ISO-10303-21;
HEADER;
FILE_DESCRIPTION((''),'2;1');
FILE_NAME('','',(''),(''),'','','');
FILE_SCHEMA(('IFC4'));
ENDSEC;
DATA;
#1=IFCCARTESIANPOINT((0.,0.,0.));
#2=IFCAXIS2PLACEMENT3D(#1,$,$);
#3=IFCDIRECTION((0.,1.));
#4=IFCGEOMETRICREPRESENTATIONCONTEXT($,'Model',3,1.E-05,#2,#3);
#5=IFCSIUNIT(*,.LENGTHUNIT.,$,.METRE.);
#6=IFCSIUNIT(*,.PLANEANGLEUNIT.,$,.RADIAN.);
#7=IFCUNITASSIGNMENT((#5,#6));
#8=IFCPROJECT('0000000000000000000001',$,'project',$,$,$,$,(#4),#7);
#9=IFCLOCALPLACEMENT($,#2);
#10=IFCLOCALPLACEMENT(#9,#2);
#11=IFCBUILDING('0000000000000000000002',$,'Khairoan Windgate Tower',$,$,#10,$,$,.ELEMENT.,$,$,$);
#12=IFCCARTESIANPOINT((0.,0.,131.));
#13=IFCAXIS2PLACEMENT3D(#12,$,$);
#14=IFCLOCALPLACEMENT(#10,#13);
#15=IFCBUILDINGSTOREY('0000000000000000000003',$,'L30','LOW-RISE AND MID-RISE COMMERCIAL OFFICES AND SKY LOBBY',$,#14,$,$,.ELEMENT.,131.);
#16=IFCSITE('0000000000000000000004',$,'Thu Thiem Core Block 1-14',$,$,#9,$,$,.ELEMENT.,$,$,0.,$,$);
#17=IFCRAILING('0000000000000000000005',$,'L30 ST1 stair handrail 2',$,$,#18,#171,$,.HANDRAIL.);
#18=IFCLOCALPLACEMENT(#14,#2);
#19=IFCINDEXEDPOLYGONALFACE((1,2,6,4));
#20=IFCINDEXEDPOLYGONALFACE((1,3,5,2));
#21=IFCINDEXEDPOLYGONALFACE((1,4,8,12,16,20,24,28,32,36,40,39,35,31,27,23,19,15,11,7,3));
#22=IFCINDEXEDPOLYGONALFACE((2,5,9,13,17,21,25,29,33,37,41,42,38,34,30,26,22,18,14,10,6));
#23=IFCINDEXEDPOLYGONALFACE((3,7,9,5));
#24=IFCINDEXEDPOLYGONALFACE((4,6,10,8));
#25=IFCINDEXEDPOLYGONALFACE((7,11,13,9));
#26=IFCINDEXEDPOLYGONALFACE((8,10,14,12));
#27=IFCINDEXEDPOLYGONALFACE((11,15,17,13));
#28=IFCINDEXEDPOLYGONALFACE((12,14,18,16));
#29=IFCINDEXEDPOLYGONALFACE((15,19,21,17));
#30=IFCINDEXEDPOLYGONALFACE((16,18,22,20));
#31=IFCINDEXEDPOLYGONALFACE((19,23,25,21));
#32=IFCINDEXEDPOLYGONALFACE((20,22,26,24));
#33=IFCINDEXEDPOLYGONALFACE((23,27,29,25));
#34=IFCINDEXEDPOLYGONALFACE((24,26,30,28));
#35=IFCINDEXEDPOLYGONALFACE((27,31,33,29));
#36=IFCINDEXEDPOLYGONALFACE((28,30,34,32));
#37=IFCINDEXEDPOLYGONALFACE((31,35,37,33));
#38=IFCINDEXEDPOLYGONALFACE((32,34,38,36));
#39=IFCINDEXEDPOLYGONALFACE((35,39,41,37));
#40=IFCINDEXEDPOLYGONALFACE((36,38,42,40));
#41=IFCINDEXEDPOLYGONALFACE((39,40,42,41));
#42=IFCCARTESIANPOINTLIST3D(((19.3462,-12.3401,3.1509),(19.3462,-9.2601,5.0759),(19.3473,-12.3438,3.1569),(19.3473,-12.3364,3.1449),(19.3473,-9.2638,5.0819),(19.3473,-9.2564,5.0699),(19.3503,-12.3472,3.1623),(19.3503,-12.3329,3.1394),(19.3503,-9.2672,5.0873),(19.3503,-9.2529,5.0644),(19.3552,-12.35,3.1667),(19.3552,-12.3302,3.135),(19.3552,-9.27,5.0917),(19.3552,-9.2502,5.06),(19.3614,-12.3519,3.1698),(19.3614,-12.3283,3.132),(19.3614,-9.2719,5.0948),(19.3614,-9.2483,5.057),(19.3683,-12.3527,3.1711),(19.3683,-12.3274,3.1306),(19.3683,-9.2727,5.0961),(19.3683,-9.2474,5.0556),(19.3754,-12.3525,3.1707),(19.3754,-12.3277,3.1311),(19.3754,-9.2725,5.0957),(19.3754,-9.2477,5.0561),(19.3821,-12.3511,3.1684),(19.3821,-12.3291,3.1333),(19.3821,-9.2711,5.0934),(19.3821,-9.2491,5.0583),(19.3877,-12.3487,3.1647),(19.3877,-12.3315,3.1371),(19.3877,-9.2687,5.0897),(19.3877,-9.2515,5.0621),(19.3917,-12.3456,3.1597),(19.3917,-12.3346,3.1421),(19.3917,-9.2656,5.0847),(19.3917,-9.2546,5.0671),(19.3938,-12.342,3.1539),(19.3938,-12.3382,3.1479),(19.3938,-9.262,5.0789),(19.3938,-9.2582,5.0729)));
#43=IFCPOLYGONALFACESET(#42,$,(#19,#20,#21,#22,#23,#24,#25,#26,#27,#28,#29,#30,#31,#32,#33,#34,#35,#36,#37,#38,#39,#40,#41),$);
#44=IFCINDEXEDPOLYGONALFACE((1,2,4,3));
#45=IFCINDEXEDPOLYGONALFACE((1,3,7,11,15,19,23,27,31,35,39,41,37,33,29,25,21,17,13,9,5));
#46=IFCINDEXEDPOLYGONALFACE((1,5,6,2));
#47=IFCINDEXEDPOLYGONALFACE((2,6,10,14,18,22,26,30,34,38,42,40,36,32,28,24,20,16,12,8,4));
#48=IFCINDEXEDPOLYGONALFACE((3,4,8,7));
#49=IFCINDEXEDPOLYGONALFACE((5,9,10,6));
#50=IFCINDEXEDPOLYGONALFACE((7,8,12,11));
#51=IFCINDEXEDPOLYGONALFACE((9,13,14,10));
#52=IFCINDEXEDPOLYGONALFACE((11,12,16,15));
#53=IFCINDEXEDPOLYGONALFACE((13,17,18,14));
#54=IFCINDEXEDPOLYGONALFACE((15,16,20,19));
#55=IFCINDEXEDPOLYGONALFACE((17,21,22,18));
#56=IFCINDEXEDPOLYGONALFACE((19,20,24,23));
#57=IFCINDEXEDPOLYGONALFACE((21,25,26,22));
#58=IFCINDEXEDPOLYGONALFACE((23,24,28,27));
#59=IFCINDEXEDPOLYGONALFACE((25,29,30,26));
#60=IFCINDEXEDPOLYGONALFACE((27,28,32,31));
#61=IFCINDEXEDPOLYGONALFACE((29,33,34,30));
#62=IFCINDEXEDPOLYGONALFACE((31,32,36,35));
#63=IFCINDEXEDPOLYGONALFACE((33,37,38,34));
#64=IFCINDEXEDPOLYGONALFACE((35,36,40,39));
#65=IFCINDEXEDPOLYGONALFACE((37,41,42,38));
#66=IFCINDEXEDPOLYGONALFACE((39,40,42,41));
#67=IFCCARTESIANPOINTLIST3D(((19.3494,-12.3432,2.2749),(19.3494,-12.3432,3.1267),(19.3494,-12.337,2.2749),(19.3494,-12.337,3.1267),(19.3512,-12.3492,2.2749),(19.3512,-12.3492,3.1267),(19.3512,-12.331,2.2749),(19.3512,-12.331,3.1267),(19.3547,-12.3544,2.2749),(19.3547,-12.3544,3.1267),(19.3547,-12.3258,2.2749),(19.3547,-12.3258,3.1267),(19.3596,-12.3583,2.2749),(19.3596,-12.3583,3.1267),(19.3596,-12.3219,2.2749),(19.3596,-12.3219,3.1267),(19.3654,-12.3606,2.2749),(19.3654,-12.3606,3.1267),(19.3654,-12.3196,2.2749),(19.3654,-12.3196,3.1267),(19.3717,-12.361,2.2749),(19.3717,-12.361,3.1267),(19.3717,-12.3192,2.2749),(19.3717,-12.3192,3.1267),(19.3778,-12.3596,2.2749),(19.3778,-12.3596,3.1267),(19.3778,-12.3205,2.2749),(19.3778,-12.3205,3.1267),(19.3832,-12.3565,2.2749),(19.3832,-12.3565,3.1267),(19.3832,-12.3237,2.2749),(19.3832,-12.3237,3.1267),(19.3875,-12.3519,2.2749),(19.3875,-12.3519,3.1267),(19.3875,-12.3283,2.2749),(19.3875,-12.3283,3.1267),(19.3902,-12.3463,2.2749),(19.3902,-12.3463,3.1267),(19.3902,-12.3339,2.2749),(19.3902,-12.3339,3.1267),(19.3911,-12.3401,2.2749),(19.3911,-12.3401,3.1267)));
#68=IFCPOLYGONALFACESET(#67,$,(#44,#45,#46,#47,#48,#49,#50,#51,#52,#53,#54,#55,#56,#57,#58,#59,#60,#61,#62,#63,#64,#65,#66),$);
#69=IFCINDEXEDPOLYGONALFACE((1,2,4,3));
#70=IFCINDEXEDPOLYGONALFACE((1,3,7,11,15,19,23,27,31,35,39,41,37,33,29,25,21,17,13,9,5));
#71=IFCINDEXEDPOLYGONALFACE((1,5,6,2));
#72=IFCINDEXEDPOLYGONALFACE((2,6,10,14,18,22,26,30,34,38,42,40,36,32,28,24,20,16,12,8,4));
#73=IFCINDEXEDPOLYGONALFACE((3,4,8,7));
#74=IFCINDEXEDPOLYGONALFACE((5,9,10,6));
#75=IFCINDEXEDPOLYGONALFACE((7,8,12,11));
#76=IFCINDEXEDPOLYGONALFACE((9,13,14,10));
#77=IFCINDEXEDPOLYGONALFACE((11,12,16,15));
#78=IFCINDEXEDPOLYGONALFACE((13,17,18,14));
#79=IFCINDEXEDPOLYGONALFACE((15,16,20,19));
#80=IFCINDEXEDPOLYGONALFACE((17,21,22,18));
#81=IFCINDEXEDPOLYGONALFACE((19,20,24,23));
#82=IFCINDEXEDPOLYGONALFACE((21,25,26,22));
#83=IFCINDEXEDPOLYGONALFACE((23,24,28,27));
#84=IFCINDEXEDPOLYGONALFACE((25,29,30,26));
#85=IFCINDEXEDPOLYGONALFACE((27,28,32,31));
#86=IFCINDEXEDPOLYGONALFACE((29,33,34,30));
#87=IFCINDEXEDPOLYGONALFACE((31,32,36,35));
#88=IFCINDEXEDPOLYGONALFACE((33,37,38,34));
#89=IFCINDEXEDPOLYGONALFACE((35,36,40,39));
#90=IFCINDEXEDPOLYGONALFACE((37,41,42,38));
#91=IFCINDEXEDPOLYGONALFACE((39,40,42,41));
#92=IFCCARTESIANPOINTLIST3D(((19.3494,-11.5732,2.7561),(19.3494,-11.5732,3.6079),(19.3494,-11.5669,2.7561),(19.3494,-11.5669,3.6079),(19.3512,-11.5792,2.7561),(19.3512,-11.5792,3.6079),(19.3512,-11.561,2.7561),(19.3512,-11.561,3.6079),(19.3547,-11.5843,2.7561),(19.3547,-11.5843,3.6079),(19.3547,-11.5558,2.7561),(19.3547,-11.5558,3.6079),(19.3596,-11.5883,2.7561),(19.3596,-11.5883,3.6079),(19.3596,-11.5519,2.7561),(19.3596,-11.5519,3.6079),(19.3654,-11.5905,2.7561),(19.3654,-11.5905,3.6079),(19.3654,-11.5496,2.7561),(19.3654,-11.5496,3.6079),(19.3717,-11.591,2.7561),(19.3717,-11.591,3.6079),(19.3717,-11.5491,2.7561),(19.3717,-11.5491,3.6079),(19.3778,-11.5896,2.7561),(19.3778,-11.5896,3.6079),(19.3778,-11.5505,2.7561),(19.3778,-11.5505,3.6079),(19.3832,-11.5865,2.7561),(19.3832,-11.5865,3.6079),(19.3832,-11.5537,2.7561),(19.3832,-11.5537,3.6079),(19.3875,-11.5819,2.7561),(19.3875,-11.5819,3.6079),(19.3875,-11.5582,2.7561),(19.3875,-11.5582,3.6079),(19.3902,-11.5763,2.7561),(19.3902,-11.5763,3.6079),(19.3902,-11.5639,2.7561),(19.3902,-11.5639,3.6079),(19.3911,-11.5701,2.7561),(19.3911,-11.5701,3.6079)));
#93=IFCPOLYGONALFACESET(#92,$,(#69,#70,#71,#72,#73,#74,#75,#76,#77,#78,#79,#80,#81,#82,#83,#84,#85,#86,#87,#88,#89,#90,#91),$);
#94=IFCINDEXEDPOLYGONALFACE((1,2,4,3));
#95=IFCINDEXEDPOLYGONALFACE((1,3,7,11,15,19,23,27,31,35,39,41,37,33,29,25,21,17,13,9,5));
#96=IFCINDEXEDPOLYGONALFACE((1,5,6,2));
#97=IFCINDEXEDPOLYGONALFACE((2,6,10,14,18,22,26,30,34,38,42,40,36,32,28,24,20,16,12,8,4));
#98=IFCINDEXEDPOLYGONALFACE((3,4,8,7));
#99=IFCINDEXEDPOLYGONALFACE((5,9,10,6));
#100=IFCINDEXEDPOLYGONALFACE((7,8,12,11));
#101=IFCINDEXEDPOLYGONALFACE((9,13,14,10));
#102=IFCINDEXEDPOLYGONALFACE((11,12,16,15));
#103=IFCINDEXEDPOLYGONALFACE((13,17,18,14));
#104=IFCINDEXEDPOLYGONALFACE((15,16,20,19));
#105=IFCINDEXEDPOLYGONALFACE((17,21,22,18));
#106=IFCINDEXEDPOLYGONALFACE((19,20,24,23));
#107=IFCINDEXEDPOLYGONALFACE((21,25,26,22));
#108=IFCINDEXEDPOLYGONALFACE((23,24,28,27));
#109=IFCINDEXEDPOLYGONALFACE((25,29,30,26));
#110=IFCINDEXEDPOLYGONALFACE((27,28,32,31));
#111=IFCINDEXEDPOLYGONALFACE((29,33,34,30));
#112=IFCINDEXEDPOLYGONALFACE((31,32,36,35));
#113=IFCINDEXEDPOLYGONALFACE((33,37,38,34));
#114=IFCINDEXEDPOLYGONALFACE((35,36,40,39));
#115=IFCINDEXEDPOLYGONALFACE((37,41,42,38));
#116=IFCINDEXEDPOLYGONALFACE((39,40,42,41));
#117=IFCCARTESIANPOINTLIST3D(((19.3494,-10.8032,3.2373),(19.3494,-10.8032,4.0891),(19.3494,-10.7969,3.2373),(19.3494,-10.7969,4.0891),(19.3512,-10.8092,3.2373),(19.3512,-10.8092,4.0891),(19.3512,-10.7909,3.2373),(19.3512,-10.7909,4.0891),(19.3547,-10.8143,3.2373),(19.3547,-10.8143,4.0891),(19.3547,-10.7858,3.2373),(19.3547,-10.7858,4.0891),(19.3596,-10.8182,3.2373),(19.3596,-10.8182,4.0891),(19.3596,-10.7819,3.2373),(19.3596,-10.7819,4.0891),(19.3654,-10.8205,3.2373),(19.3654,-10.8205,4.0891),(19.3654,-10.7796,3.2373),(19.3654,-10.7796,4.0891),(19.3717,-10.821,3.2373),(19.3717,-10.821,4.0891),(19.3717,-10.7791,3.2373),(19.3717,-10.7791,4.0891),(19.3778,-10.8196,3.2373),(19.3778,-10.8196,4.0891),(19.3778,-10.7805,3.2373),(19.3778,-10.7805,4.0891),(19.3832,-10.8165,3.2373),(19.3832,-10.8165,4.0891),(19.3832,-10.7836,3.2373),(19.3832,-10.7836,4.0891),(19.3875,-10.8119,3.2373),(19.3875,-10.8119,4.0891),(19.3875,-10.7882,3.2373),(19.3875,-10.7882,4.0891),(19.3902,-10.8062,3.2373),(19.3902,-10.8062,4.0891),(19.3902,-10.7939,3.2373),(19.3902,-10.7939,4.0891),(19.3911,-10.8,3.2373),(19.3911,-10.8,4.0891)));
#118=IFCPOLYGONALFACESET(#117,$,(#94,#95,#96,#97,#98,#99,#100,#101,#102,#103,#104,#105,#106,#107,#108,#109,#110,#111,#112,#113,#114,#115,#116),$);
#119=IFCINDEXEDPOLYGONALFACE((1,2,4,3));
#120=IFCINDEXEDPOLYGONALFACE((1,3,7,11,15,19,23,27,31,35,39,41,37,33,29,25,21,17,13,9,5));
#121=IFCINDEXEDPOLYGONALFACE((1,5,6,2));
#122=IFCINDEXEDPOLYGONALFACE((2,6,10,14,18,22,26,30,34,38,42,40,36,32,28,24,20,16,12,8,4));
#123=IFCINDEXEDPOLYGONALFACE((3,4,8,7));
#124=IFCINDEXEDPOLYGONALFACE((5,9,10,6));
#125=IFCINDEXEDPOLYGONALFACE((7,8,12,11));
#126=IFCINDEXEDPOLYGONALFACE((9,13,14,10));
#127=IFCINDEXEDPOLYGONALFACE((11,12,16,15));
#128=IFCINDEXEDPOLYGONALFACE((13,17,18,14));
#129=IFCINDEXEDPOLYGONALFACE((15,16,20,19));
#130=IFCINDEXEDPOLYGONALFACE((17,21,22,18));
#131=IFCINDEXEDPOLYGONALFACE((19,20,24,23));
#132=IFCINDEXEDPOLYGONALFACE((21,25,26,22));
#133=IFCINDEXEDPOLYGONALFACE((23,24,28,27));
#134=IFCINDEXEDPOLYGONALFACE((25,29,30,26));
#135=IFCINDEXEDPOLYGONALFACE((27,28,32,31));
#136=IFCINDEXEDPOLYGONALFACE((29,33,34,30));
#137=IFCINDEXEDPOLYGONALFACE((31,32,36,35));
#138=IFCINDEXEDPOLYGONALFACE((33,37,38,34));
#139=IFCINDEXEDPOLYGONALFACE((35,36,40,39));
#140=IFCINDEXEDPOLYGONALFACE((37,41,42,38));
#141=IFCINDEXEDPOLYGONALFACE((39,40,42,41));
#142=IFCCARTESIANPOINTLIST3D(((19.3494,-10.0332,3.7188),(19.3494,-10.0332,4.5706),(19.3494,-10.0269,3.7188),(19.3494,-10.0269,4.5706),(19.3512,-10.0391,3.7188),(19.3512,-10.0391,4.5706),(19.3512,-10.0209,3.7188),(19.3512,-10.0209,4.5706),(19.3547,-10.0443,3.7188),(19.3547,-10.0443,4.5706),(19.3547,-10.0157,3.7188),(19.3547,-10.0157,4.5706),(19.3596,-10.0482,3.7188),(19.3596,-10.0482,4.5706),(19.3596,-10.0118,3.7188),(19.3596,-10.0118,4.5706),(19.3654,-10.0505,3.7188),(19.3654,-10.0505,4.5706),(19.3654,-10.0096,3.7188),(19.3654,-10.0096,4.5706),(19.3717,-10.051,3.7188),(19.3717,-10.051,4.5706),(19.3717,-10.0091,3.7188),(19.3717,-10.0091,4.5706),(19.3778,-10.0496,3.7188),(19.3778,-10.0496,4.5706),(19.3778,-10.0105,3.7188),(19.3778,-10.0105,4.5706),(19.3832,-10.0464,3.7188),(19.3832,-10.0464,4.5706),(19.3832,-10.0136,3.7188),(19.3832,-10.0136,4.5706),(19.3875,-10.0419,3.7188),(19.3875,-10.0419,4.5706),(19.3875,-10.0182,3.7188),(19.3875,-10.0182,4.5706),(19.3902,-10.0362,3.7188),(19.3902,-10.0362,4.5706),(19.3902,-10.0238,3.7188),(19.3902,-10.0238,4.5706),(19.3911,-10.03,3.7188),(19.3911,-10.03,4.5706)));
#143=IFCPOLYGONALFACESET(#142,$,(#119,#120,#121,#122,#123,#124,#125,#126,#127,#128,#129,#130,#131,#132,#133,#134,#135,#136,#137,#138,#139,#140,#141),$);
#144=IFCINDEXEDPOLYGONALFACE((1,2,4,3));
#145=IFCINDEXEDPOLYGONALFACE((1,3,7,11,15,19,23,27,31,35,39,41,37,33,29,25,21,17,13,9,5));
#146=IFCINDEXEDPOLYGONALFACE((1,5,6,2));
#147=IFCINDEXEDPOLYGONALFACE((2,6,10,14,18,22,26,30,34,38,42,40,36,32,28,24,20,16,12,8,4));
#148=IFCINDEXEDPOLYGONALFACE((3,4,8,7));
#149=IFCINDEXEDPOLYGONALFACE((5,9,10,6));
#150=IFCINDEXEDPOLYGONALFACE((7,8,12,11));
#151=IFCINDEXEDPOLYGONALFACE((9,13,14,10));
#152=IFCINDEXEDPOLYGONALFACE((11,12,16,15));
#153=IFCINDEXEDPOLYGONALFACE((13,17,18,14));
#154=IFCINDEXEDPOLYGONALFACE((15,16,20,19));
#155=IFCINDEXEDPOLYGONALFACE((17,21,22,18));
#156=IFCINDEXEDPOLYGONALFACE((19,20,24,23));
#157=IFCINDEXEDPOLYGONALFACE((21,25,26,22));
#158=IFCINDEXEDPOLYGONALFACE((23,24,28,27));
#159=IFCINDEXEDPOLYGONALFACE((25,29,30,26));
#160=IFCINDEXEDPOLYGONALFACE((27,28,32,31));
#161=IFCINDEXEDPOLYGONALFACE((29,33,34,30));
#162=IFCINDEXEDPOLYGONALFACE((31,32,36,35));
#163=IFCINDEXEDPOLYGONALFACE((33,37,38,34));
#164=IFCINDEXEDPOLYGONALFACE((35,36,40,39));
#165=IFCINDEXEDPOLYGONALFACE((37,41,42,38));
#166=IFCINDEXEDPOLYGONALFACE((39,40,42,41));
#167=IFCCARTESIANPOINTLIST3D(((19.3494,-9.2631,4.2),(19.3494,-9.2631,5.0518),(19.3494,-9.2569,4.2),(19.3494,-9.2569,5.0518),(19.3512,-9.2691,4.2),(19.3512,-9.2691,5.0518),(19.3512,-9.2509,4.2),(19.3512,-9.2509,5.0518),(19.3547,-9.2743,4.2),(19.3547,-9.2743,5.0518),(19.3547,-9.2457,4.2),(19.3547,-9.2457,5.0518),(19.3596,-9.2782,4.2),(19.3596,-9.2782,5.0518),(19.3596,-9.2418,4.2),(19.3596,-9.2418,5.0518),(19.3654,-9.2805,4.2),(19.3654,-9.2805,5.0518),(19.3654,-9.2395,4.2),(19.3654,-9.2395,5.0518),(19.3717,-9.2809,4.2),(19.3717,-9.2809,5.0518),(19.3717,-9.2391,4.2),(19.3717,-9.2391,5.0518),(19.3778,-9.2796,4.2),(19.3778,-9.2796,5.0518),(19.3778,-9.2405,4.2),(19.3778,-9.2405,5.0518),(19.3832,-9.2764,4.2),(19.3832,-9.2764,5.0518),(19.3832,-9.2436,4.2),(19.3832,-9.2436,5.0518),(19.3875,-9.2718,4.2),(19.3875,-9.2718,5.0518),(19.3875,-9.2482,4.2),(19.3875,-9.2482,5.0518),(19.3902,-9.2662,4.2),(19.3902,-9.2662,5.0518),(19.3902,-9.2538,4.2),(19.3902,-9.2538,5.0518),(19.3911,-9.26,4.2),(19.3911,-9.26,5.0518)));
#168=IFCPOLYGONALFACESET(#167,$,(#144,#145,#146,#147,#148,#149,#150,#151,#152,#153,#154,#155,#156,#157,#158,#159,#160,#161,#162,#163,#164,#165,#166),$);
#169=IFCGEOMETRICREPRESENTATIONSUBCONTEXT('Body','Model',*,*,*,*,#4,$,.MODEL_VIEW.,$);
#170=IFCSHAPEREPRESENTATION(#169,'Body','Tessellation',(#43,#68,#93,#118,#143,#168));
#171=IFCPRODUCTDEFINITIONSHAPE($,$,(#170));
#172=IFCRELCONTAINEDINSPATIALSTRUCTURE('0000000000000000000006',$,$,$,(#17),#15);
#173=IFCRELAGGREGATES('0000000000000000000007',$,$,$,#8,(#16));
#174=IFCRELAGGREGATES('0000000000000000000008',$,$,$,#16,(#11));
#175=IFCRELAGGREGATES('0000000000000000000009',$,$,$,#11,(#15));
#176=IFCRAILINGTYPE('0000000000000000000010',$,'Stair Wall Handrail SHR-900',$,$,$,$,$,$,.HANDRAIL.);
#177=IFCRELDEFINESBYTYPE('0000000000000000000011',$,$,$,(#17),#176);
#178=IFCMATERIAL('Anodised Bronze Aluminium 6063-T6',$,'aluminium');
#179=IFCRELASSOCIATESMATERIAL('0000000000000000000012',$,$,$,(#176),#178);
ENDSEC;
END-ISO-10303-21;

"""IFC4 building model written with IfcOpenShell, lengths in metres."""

from ifc_helpers import new_model, si_unit, direction, frame, origin, origin_2d, place, context, subcontext, project, spatial, circle, extrude, material, type_object, element, save


model = new_model("IFC4")

# Units and contexts
model_context = context("Model", 3, precision=1e-05, world=origin(), true_north=direction((0.0, 1.0)))
body_context = subcontext(model_context, "Body", "Model", "MODEL_VIEW")
ifc_project = project(units=[si_unit("LENGTHUNIT", "METRE"), si_unit("PLANEANGLEUNIT", "RADIAN")], contexts=[model_context])

# Site, building, storey
site_placement = place(None, origin())
site = spatial("IfcSite", under=ifc_project, at=site_placement, Name="Thu Thiem Core Block 1-14", CompositionType="ELEMENT", RefElevation=0.0)
building_placement = place(site_placement, origin())
building = spatial("IfcBuilding", under=site, at=building_placement, Name="Khairoan Windgate Tower", CompositionType="ELEMENT")
storey_placement = place(building_placement, frame((0.0, 0.0, 131.0)))
storey = spatial("IfcBuildingStorey", under=building, at=storey_placement, Name="L30", Description="LOW-RISE AND MID-RISE COMMERCIAL OFFICES AND SKY LOBBY", CompositionType="ELEMENT", Elevation=131.0)

# Railing
ifc_material_1 = material(Name="Anodised Bronze Aluminium 6063-T6", Category="aluminium")
railing_type_1 = type_object("IfcRailingType", Name="Stair Wall Handrail SHR-900", PredefinedType="HANDRAIL", material=ifc_material_1)
railing_1_placement = place(storey_placement, frame((19.3701, -12.3401, 2.2749)))
element("IfcRailing", 1, at=railing_1_placement, inside=storey, type_object=railing_type_1, Name="L30 ST1 stair handrail 2", PredefinedType="HANDRAIL", context=body_context, shape_type="SweptSolid", body=[
    extrude(circle(Radius=0.0239, at=origin_2d()), frame((0.0, 0.0, 0.876), z_axis=(0.0, 0.847998, 0.529999), x_axis=(-1.0, 0.0, 0.0)), (0.0, 0.0, 1.0), 3.6321),
    extrude(circle(Radius=0.021, at=origin_2d()), origin(), (0.0, 0.0, 1.0), 0.8518),
    extrude(circle(Radius=0.021, at=origin_2d()), frame((0.0, 0.77, 0.4812)), (0.0, 0.0, 1.0), 0.8518),
    extrude(circle(Radius=0.021, at=origin_2d()), frame((0.0, 1.54, 0.9624)), (0.0, 0.0, 1.0), 0.8518),
    extrude(circle(Radius=0.021, at=origin_2d()), frame((0.0, 2.3101, 1.4438)), (0.0, 0.0, 1.0), 0.8518),
    extrude(circle(Radius=0.021, at=origin_2d()), frame((0.0, 3.0801, 1.925)), (0.0, 0.0, 1.0), 0.8518),
])

save(model, "model.ifc")
